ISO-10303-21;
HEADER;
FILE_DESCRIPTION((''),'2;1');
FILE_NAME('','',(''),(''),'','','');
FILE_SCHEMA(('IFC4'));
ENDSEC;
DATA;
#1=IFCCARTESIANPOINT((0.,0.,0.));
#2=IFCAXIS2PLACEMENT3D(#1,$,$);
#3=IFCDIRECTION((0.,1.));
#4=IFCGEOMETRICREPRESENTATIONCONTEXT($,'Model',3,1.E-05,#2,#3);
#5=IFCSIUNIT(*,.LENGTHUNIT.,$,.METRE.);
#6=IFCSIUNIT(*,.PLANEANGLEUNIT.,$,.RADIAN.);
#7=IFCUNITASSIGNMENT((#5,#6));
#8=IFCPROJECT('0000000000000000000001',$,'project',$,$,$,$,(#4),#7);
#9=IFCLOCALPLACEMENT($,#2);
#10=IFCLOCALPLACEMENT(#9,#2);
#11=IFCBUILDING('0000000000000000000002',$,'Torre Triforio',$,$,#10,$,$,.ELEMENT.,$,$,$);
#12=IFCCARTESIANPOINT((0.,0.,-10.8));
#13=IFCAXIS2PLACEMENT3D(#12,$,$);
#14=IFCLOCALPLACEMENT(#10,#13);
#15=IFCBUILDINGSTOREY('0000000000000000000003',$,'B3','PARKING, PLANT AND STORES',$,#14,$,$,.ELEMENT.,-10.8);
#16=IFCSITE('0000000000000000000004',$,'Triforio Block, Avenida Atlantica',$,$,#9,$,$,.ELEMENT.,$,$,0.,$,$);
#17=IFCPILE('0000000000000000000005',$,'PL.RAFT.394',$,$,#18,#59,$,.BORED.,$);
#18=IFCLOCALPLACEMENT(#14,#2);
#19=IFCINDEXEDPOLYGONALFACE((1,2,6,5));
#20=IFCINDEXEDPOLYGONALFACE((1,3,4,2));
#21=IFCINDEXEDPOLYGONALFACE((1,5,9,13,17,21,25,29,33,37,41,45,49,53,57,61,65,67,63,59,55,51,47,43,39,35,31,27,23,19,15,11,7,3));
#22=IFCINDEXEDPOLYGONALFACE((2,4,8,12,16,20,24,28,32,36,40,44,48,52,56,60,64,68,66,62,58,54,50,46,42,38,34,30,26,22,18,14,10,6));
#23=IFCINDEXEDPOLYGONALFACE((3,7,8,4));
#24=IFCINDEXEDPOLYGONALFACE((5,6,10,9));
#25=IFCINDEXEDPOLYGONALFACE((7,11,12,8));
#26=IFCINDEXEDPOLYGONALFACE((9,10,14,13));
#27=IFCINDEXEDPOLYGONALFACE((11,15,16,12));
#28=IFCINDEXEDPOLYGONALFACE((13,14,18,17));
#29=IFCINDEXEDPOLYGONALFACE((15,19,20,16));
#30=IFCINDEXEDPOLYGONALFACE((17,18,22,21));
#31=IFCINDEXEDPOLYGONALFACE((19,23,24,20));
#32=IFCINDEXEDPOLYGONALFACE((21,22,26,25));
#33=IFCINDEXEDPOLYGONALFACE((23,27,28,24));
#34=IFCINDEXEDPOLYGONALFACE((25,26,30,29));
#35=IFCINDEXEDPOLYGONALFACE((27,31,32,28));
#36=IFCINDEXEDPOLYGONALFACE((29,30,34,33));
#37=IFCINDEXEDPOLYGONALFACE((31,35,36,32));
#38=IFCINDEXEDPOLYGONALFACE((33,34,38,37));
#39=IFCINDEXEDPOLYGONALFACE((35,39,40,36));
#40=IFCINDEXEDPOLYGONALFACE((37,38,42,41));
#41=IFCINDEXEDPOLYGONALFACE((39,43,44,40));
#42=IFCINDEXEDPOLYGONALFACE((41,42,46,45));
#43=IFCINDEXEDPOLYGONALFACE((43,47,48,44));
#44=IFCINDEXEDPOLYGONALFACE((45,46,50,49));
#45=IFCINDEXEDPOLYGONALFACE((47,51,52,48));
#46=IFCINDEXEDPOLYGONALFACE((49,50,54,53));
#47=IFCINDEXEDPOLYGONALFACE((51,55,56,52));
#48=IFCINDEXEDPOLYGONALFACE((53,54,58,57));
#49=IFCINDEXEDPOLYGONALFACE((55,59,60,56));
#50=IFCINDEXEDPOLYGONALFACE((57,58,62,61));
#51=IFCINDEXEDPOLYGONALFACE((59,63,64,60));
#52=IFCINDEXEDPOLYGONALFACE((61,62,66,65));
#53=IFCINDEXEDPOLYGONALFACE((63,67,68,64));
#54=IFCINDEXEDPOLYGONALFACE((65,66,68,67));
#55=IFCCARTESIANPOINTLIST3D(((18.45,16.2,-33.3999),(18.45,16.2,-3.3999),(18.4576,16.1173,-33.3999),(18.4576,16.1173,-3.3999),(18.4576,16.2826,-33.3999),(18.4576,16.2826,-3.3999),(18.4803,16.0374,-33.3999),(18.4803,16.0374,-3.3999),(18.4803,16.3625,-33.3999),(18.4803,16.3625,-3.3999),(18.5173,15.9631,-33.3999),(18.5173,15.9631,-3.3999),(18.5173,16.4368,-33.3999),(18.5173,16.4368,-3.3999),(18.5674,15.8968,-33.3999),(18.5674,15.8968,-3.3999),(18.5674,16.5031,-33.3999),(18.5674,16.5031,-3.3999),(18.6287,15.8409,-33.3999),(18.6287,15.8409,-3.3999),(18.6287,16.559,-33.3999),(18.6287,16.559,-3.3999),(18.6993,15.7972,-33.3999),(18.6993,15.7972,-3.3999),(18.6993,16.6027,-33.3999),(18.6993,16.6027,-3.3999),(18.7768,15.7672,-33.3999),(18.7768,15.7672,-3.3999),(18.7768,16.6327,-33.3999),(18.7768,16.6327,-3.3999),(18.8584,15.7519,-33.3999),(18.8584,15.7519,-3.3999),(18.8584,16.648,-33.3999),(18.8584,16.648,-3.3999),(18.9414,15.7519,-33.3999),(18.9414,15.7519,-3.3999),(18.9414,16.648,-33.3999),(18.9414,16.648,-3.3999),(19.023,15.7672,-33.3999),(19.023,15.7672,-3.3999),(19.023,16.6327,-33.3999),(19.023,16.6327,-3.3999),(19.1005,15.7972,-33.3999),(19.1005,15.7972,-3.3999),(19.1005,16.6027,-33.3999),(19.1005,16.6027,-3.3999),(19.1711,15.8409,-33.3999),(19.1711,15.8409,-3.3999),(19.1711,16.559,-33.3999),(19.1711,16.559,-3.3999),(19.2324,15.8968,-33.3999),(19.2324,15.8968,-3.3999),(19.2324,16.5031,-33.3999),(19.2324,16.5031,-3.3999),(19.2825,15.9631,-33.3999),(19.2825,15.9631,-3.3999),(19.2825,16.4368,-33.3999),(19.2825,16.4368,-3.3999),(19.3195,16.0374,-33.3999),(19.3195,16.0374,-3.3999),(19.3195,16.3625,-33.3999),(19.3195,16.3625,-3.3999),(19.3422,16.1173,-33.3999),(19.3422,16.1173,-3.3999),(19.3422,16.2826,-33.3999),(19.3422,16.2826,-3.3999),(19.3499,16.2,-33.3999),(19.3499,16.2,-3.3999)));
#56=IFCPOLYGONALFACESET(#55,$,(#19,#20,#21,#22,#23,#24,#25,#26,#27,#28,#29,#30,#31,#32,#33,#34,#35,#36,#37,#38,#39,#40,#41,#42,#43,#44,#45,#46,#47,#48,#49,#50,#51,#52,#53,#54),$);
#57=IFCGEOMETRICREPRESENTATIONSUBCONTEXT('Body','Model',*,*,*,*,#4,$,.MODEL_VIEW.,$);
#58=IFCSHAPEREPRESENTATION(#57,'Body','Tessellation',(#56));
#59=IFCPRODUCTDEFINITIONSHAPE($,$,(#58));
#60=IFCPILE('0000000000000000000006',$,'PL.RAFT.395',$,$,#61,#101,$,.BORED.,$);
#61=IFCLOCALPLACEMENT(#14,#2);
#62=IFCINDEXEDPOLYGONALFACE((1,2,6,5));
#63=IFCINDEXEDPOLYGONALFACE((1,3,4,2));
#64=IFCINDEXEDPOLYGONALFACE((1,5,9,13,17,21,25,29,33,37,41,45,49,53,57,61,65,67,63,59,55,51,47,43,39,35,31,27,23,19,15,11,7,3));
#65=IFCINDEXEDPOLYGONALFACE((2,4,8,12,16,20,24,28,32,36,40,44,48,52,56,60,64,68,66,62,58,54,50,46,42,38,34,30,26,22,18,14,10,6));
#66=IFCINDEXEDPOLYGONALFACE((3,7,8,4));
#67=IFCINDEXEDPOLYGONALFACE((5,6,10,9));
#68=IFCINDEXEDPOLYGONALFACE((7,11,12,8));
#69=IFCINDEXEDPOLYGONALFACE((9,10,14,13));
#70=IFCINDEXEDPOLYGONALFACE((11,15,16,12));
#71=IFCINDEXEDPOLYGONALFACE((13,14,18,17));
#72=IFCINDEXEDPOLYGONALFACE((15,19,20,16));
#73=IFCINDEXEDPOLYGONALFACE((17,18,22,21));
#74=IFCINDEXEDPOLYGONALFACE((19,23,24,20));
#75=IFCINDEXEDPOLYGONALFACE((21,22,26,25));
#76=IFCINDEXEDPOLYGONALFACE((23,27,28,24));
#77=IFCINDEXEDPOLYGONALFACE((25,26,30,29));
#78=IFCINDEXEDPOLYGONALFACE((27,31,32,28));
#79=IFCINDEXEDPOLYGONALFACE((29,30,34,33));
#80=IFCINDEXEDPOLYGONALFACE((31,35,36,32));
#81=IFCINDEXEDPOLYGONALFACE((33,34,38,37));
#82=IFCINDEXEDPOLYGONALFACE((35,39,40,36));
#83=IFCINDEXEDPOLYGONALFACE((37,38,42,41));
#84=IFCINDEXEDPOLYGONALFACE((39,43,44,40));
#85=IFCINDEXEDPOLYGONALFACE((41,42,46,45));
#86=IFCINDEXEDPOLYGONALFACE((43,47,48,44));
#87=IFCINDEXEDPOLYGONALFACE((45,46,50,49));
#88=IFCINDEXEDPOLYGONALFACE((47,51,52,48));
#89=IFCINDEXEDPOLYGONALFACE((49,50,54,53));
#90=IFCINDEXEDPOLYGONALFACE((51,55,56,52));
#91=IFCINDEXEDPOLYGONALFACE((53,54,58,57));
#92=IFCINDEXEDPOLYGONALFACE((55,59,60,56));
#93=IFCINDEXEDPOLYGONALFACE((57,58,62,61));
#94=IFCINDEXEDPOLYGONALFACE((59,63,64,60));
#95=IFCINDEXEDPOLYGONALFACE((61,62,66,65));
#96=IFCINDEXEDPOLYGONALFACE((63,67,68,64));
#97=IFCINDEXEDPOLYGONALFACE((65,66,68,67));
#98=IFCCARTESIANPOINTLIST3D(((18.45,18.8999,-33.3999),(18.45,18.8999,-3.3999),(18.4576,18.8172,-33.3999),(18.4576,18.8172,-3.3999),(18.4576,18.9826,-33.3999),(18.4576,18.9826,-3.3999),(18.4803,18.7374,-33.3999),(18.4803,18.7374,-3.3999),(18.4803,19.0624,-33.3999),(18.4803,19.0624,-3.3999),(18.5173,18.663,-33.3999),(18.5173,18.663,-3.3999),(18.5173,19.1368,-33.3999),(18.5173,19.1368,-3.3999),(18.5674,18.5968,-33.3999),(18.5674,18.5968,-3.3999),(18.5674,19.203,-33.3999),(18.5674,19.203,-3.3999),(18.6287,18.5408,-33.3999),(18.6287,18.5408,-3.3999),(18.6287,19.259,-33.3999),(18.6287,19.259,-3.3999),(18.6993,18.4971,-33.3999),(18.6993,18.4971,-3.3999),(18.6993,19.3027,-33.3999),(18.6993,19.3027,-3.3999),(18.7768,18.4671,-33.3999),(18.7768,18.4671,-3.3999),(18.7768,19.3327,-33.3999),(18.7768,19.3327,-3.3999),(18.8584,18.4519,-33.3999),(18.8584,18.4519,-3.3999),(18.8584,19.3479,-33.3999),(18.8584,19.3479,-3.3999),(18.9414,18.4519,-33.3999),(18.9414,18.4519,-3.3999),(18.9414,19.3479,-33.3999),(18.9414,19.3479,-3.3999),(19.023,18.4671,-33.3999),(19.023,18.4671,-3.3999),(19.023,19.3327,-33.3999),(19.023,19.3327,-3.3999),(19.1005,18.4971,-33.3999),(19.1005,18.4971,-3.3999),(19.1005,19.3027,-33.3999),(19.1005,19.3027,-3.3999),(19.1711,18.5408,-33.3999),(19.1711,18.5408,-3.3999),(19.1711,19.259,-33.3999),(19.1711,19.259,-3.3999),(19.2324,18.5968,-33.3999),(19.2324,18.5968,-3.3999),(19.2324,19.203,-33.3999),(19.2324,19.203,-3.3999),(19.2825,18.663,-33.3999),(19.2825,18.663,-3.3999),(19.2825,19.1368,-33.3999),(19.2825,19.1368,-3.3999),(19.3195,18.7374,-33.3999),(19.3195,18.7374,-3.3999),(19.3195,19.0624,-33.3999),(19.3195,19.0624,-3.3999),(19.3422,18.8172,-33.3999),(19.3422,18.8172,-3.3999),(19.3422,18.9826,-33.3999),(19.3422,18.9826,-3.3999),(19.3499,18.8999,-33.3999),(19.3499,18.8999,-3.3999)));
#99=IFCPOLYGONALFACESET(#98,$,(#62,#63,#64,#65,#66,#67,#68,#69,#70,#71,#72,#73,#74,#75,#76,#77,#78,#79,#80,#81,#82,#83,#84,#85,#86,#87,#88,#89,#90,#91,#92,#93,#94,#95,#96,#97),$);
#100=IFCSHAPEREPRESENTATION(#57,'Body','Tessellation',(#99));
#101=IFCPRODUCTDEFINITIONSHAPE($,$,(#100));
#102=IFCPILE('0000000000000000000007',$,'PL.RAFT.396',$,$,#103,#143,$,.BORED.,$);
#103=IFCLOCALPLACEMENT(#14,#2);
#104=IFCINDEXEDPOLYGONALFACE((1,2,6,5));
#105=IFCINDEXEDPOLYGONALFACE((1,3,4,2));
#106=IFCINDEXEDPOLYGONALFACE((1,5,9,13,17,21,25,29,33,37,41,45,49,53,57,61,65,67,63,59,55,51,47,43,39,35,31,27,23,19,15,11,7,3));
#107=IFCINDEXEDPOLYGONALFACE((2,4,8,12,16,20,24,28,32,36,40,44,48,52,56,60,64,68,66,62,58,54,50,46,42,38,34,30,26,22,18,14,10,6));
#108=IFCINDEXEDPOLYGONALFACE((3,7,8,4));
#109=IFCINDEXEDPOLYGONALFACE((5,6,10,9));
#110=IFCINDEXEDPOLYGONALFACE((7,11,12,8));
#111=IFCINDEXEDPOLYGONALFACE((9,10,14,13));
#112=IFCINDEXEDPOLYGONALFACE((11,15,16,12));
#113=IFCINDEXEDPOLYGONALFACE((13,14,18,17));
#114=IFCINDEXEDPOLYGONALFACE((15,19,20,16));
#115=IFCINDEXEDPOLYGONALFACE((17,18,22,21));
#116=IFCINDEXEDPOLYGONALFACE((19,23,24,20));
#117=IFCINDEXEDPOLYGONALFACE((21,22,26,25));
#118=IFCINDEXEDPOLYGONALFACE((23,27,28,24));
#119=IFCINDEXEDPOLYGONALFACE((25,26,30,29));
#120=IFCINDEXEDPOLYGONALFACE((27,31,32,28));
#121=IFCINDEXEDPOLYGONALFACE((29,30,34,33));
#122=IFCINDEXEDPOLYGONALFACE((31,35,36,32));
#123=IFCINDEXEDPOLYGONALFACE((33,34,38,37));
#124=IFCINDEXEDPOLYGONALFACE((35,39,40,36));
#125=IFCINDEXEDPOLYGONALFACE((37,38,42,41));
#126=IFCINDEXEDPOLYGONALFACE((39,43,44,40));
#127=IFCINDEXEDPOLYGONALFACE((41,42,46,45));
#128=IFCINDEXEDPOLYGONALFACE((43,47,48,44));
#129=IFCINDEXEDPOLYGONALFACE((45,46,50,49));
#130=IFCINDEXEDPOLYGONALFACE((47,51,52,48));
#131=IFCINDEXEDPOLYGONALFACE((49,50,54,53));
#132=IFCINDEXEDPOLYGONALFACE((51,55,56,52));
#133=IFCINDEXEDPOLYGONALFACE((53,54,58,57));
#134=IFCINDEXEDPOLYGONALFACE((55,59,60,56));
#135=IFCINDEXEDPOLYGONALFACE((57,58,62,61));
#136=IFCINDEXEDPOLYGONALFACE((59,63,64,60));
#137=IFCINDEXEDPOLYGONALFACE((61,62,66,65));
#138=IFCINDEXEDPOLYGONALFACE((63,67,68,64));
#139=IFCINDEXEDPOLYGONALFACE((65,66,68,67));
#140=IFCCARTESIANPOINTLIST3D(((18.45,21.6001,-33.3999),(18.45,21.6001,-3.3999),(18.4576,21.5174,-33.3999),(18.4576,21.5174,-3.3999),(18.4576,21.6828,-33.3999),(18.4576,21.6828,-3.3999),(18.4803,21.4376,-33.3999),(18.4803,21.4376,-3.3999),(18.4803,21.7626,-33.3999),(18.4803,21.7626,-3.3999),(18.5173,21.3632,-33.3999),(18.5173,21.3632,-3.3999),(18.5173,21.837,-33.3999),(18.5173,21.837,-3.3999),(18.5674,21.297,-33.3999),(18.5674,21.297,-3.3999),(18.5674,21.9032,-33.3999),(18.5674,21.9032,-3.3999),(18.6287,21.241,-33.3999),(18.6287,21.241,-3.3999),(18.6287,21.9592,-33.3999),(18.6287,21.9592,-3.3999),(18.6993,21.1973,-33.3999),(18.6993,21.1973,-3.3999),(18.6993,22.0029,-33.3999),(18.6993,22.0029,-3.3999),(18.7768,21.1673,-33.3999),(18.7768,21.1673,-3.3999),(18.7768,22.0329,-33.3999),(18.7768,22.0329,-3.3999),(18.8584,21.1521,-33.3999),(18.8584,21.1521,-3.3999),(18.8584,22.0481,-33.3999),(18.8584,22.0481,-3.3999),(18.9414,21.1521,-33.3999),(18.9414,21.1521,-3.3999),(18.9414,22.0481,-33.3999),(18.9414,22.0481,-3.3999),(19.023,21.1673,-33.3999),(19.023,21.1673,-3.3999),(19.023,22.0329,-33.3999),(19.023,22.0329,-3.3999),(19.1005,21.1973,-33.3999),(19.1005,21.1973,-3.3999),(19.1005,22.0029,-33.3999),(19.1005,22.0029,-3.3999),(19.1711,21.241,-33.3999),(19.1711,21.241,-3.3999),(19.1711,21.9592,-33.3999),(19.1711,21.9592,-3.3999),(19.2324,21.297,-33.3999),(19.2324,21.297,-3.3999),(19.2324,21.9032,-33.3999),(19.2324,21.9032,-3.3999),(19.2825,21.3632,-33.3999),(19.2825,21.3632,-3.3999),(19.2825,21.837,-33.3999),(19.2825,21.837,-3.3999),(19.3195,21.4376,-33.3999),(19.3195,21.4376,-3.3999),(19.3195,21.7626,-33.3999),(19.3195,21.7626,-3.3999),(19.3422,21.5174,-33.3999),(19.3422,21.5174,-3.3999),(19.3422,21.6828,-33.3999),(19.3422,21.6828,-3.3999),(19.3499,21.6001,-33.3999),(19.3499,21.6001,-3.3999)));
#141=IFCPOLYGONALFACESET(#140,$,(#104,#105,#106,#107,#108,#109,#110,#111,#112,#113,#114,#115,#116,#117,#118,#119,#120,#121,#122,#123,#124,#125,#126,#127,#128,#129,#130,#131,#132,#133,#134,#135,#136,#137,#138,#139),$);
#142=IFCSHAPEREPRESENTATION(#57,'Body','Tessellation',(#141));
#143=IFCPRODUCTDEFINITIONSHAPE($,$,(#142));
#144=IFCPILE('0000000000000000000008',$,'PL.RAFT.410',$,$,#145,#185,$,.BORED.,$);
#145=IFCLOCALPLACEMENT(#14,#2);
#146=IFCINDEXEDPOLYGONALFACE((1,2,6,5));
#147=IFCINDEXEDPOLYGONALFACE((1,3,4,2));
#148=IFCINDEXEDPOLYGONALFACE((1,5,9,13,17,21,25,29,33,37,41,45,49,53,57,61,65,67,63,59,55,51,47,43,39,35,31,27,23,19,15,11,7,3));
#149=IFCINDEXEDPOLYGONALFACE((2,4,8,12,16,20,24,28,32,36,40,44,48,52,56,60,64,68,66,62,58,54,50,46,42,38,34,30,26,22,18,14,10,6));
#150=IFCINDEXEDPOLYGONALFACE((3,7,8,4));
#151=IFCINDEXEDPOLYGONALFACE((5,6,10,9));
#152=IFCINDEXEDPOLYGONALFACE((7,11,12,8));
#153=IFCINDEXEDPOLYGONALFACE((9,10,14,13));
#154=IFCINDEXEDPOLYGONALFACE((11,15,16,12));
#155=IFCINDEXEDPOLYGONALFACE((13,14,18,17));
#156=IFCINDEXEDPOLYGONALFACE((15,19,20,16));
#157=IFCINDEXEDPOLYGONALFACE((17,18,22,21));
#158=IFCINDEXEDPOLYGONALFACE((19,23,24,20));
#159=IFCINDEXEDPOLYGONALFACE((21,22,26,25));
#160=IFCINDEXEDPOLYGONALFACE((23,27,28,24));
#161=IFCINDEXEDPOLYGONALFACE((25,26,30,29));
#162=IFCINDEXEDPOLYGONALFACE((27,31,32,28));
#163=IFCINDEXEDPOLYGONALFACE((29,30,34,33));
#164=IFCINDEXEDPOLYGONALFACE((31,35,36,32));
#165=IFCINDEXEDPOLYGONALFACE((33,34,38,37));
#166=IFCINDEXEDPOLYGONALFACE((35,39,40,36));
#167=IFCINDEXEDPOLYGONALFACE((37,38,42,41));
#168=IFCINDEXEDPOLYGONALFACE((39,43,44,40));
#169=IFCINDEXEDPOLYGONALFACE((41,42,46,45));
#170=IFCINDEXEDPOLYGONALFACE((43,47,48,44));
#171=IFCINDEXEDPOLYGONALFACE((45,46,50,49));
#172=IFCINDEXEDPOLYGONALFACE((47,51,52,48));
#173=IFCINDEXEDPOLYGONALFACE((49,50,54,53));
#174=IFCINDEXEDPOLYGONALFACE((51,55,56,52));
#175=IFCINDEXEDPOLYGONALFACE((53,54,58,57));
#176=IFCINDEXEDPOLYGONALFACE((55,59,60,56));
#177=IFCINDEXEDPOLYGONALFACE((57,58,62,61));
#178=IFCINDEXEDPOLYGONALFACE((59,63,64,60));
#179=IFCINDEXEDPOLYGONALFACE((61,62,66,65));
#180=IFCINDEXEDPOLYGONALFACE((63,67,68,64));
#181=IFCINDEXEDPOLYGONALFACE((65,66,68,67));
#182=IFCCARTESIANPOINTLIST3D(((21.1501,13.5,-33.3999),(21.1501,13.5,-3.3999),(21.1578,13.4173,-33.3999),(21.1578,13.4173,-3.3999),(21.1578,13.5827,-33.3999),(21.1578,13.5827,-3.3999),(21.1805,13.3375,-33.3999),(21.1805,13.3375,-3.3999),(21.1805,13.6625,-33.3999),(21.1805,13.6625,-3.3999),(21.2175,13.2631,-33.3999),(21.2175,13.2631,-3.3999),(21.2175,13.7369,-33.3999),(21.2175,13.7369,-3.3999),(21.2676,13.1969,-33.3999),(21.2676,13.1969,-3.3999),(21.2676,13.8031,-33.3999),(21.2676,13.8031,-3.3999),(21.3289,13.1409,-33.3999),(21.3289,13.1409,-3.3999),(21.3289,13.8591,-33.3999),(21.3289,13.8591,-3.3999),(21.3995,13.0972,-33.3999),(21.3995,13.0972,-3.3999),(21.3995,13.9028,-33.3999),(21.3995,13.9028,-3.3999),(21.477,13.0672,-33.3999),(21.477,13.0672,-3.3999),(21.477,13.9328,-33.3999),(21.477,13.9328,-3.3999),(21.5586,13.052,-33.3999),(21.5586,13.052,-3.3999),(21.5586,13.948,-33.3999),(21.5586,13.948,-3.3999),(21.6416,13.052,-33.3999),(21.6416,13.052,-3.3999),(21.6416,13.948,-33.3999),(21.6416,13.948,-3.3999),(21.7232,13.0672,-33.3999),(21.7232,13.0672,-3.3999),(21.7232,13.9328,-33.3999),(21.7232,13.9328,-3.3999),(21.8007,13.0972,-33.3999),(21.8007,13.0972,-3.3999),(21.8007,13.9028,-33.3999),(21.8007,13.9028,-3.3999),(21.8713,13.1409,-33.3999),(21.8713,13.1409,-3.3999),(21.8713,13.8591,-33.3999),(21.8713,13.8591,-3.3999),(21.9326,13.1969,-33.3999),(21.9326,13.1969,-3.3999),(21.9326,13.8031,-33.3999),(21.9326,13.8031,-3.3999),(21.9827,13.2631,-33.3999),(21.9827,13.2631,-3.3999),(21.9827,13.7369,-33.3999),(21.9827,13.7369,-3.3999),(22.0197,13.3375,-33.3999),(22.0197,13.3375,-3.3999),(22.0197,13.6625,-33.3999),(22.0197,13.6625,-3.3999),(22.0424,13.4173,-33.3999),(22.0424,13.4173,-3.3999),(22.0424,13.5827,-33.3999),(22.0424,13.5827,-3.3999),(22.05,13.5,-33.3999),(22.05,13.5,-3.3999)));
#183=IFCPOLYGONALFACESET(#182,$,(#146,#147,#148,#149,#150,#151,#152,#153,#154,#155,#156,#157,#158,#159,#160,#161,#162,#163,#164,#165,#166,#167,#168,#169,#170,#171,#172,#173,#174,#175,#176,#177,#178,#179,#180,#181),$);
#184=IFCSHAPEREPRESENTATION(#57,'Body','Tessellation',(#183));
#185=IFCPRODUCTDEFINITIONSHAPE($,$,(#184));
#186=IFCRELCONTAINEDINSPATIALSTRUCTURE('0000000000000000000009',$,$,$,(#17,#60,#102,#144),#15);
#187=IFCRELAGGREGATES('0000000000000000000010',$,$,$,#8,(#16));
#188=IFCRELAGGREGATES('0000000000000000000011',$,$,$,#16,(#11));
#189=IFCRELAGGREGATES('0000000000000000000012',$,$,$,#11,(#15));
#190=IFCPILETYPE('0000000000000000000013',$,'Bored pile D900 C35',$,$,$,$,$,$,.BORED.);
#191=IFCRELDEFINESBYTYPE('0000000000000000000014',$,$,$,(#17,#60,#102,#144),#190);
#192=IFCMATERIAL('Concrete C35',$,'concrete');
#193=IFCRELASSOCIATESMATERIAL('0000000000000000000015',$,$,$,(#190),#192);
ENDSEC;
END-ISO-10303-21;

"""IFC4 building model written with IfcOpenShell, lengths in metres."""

from ifc_helpers import new_model, si_unit, direction, frame, origin, origin_2d, place, context, subcontext, project, spatial, circle, extrude, material, material_profile, profile_set, type_object, element, save


model = new_model("IFC4")

# Units and contexts
model_context = context("Model", 3, precision=1e-05, world=origin(), true_north=direction((0.0, 1.0)))
body_context = subcontext(model_context, "Body", "Model", "MODEL_VIEW")
ifc_project = project(units=[si_unit("LENGTHUNIT", "METRE"), si_unit("PLANEANGLEUNIT", "RADIAN")], contexts=[model_context])

# Site, building, storey
site_placement = place(None, origin())
site = spatial("IfcSite", under=ifc_project, at=site_placement, Name="Triforio Block, Avenida Atlantica", CompositionType="ELEMENT", RefElevation=0.0)
building_placement = place(site_placement, origin())
building = spatial("IfcBuilding", under=site, at=building_placement, Name="Torre Triforio", CompositionType="ELEMENT")
storey_placement = place(building_placement, frame((0.0, 0.0, -10.8)))
storey = spatial("IfcBuildingStorey", under=building, at=storey_placement, Name="B3", Description="PARKING, PLANT AND STORES", CompositionType="ELEMENT", Elevation=-10.8)

# Piles
ifc_material_1 = material(Name="Concrete C35", Category="concrete")
ifc_material_profile_1 = material_profile(ifc_material_1, circle(Radius=0.45, at=origin_2d()), Name="RC D900")
ifc_profile_set_1 = profile_set([ifc_material_profile_1], Name="Concrete C35")
pile_type = type_object("IfcPileType", Name="Bored pile D900 C35", PredefinedType="BORED", material=ifc_profile_set_1)
for number, where, z_axis, x_axis, name in (
    (1, (18.8999, 16.2, -3.3999), (0.0, 0.0, -1.0), (1.0, 0.0, 0.0), "PL.RAFT.394"),
    (2, (18.8999, 18.8999, -3.3999), (0.0, 0.0, -1.0), (1.0, 0.0, 0.0), "PL.RAFT.395"),
    (3, (18.8999, 21.6001, -3.3999), (0.0, 0.0, -1.0), (1.0, 0.0, 0.0), "PL.RAFT.396"),
    (4, (21.6001, 13.5, -3.3999), (0.0, 0.0, -1.0), (1.0, 0.0, 0.0), "PL.RAFT.410"),
):
    element("IfcPile", number, at=place(storey_placement, frame(where, z_axis=z_axis, x_axis=x_axis)), inside=storey, type_object=pile_type, Name=name, PredefinedType="BORED", context=body_context, shape_type="SweptSolid", body=[
        extrude(circle(Radius=0.45, at=origin_2d()), origin(), (0.0, 0.0, 1.0), 30.0),
    ])

save(model, "model.ifc")
